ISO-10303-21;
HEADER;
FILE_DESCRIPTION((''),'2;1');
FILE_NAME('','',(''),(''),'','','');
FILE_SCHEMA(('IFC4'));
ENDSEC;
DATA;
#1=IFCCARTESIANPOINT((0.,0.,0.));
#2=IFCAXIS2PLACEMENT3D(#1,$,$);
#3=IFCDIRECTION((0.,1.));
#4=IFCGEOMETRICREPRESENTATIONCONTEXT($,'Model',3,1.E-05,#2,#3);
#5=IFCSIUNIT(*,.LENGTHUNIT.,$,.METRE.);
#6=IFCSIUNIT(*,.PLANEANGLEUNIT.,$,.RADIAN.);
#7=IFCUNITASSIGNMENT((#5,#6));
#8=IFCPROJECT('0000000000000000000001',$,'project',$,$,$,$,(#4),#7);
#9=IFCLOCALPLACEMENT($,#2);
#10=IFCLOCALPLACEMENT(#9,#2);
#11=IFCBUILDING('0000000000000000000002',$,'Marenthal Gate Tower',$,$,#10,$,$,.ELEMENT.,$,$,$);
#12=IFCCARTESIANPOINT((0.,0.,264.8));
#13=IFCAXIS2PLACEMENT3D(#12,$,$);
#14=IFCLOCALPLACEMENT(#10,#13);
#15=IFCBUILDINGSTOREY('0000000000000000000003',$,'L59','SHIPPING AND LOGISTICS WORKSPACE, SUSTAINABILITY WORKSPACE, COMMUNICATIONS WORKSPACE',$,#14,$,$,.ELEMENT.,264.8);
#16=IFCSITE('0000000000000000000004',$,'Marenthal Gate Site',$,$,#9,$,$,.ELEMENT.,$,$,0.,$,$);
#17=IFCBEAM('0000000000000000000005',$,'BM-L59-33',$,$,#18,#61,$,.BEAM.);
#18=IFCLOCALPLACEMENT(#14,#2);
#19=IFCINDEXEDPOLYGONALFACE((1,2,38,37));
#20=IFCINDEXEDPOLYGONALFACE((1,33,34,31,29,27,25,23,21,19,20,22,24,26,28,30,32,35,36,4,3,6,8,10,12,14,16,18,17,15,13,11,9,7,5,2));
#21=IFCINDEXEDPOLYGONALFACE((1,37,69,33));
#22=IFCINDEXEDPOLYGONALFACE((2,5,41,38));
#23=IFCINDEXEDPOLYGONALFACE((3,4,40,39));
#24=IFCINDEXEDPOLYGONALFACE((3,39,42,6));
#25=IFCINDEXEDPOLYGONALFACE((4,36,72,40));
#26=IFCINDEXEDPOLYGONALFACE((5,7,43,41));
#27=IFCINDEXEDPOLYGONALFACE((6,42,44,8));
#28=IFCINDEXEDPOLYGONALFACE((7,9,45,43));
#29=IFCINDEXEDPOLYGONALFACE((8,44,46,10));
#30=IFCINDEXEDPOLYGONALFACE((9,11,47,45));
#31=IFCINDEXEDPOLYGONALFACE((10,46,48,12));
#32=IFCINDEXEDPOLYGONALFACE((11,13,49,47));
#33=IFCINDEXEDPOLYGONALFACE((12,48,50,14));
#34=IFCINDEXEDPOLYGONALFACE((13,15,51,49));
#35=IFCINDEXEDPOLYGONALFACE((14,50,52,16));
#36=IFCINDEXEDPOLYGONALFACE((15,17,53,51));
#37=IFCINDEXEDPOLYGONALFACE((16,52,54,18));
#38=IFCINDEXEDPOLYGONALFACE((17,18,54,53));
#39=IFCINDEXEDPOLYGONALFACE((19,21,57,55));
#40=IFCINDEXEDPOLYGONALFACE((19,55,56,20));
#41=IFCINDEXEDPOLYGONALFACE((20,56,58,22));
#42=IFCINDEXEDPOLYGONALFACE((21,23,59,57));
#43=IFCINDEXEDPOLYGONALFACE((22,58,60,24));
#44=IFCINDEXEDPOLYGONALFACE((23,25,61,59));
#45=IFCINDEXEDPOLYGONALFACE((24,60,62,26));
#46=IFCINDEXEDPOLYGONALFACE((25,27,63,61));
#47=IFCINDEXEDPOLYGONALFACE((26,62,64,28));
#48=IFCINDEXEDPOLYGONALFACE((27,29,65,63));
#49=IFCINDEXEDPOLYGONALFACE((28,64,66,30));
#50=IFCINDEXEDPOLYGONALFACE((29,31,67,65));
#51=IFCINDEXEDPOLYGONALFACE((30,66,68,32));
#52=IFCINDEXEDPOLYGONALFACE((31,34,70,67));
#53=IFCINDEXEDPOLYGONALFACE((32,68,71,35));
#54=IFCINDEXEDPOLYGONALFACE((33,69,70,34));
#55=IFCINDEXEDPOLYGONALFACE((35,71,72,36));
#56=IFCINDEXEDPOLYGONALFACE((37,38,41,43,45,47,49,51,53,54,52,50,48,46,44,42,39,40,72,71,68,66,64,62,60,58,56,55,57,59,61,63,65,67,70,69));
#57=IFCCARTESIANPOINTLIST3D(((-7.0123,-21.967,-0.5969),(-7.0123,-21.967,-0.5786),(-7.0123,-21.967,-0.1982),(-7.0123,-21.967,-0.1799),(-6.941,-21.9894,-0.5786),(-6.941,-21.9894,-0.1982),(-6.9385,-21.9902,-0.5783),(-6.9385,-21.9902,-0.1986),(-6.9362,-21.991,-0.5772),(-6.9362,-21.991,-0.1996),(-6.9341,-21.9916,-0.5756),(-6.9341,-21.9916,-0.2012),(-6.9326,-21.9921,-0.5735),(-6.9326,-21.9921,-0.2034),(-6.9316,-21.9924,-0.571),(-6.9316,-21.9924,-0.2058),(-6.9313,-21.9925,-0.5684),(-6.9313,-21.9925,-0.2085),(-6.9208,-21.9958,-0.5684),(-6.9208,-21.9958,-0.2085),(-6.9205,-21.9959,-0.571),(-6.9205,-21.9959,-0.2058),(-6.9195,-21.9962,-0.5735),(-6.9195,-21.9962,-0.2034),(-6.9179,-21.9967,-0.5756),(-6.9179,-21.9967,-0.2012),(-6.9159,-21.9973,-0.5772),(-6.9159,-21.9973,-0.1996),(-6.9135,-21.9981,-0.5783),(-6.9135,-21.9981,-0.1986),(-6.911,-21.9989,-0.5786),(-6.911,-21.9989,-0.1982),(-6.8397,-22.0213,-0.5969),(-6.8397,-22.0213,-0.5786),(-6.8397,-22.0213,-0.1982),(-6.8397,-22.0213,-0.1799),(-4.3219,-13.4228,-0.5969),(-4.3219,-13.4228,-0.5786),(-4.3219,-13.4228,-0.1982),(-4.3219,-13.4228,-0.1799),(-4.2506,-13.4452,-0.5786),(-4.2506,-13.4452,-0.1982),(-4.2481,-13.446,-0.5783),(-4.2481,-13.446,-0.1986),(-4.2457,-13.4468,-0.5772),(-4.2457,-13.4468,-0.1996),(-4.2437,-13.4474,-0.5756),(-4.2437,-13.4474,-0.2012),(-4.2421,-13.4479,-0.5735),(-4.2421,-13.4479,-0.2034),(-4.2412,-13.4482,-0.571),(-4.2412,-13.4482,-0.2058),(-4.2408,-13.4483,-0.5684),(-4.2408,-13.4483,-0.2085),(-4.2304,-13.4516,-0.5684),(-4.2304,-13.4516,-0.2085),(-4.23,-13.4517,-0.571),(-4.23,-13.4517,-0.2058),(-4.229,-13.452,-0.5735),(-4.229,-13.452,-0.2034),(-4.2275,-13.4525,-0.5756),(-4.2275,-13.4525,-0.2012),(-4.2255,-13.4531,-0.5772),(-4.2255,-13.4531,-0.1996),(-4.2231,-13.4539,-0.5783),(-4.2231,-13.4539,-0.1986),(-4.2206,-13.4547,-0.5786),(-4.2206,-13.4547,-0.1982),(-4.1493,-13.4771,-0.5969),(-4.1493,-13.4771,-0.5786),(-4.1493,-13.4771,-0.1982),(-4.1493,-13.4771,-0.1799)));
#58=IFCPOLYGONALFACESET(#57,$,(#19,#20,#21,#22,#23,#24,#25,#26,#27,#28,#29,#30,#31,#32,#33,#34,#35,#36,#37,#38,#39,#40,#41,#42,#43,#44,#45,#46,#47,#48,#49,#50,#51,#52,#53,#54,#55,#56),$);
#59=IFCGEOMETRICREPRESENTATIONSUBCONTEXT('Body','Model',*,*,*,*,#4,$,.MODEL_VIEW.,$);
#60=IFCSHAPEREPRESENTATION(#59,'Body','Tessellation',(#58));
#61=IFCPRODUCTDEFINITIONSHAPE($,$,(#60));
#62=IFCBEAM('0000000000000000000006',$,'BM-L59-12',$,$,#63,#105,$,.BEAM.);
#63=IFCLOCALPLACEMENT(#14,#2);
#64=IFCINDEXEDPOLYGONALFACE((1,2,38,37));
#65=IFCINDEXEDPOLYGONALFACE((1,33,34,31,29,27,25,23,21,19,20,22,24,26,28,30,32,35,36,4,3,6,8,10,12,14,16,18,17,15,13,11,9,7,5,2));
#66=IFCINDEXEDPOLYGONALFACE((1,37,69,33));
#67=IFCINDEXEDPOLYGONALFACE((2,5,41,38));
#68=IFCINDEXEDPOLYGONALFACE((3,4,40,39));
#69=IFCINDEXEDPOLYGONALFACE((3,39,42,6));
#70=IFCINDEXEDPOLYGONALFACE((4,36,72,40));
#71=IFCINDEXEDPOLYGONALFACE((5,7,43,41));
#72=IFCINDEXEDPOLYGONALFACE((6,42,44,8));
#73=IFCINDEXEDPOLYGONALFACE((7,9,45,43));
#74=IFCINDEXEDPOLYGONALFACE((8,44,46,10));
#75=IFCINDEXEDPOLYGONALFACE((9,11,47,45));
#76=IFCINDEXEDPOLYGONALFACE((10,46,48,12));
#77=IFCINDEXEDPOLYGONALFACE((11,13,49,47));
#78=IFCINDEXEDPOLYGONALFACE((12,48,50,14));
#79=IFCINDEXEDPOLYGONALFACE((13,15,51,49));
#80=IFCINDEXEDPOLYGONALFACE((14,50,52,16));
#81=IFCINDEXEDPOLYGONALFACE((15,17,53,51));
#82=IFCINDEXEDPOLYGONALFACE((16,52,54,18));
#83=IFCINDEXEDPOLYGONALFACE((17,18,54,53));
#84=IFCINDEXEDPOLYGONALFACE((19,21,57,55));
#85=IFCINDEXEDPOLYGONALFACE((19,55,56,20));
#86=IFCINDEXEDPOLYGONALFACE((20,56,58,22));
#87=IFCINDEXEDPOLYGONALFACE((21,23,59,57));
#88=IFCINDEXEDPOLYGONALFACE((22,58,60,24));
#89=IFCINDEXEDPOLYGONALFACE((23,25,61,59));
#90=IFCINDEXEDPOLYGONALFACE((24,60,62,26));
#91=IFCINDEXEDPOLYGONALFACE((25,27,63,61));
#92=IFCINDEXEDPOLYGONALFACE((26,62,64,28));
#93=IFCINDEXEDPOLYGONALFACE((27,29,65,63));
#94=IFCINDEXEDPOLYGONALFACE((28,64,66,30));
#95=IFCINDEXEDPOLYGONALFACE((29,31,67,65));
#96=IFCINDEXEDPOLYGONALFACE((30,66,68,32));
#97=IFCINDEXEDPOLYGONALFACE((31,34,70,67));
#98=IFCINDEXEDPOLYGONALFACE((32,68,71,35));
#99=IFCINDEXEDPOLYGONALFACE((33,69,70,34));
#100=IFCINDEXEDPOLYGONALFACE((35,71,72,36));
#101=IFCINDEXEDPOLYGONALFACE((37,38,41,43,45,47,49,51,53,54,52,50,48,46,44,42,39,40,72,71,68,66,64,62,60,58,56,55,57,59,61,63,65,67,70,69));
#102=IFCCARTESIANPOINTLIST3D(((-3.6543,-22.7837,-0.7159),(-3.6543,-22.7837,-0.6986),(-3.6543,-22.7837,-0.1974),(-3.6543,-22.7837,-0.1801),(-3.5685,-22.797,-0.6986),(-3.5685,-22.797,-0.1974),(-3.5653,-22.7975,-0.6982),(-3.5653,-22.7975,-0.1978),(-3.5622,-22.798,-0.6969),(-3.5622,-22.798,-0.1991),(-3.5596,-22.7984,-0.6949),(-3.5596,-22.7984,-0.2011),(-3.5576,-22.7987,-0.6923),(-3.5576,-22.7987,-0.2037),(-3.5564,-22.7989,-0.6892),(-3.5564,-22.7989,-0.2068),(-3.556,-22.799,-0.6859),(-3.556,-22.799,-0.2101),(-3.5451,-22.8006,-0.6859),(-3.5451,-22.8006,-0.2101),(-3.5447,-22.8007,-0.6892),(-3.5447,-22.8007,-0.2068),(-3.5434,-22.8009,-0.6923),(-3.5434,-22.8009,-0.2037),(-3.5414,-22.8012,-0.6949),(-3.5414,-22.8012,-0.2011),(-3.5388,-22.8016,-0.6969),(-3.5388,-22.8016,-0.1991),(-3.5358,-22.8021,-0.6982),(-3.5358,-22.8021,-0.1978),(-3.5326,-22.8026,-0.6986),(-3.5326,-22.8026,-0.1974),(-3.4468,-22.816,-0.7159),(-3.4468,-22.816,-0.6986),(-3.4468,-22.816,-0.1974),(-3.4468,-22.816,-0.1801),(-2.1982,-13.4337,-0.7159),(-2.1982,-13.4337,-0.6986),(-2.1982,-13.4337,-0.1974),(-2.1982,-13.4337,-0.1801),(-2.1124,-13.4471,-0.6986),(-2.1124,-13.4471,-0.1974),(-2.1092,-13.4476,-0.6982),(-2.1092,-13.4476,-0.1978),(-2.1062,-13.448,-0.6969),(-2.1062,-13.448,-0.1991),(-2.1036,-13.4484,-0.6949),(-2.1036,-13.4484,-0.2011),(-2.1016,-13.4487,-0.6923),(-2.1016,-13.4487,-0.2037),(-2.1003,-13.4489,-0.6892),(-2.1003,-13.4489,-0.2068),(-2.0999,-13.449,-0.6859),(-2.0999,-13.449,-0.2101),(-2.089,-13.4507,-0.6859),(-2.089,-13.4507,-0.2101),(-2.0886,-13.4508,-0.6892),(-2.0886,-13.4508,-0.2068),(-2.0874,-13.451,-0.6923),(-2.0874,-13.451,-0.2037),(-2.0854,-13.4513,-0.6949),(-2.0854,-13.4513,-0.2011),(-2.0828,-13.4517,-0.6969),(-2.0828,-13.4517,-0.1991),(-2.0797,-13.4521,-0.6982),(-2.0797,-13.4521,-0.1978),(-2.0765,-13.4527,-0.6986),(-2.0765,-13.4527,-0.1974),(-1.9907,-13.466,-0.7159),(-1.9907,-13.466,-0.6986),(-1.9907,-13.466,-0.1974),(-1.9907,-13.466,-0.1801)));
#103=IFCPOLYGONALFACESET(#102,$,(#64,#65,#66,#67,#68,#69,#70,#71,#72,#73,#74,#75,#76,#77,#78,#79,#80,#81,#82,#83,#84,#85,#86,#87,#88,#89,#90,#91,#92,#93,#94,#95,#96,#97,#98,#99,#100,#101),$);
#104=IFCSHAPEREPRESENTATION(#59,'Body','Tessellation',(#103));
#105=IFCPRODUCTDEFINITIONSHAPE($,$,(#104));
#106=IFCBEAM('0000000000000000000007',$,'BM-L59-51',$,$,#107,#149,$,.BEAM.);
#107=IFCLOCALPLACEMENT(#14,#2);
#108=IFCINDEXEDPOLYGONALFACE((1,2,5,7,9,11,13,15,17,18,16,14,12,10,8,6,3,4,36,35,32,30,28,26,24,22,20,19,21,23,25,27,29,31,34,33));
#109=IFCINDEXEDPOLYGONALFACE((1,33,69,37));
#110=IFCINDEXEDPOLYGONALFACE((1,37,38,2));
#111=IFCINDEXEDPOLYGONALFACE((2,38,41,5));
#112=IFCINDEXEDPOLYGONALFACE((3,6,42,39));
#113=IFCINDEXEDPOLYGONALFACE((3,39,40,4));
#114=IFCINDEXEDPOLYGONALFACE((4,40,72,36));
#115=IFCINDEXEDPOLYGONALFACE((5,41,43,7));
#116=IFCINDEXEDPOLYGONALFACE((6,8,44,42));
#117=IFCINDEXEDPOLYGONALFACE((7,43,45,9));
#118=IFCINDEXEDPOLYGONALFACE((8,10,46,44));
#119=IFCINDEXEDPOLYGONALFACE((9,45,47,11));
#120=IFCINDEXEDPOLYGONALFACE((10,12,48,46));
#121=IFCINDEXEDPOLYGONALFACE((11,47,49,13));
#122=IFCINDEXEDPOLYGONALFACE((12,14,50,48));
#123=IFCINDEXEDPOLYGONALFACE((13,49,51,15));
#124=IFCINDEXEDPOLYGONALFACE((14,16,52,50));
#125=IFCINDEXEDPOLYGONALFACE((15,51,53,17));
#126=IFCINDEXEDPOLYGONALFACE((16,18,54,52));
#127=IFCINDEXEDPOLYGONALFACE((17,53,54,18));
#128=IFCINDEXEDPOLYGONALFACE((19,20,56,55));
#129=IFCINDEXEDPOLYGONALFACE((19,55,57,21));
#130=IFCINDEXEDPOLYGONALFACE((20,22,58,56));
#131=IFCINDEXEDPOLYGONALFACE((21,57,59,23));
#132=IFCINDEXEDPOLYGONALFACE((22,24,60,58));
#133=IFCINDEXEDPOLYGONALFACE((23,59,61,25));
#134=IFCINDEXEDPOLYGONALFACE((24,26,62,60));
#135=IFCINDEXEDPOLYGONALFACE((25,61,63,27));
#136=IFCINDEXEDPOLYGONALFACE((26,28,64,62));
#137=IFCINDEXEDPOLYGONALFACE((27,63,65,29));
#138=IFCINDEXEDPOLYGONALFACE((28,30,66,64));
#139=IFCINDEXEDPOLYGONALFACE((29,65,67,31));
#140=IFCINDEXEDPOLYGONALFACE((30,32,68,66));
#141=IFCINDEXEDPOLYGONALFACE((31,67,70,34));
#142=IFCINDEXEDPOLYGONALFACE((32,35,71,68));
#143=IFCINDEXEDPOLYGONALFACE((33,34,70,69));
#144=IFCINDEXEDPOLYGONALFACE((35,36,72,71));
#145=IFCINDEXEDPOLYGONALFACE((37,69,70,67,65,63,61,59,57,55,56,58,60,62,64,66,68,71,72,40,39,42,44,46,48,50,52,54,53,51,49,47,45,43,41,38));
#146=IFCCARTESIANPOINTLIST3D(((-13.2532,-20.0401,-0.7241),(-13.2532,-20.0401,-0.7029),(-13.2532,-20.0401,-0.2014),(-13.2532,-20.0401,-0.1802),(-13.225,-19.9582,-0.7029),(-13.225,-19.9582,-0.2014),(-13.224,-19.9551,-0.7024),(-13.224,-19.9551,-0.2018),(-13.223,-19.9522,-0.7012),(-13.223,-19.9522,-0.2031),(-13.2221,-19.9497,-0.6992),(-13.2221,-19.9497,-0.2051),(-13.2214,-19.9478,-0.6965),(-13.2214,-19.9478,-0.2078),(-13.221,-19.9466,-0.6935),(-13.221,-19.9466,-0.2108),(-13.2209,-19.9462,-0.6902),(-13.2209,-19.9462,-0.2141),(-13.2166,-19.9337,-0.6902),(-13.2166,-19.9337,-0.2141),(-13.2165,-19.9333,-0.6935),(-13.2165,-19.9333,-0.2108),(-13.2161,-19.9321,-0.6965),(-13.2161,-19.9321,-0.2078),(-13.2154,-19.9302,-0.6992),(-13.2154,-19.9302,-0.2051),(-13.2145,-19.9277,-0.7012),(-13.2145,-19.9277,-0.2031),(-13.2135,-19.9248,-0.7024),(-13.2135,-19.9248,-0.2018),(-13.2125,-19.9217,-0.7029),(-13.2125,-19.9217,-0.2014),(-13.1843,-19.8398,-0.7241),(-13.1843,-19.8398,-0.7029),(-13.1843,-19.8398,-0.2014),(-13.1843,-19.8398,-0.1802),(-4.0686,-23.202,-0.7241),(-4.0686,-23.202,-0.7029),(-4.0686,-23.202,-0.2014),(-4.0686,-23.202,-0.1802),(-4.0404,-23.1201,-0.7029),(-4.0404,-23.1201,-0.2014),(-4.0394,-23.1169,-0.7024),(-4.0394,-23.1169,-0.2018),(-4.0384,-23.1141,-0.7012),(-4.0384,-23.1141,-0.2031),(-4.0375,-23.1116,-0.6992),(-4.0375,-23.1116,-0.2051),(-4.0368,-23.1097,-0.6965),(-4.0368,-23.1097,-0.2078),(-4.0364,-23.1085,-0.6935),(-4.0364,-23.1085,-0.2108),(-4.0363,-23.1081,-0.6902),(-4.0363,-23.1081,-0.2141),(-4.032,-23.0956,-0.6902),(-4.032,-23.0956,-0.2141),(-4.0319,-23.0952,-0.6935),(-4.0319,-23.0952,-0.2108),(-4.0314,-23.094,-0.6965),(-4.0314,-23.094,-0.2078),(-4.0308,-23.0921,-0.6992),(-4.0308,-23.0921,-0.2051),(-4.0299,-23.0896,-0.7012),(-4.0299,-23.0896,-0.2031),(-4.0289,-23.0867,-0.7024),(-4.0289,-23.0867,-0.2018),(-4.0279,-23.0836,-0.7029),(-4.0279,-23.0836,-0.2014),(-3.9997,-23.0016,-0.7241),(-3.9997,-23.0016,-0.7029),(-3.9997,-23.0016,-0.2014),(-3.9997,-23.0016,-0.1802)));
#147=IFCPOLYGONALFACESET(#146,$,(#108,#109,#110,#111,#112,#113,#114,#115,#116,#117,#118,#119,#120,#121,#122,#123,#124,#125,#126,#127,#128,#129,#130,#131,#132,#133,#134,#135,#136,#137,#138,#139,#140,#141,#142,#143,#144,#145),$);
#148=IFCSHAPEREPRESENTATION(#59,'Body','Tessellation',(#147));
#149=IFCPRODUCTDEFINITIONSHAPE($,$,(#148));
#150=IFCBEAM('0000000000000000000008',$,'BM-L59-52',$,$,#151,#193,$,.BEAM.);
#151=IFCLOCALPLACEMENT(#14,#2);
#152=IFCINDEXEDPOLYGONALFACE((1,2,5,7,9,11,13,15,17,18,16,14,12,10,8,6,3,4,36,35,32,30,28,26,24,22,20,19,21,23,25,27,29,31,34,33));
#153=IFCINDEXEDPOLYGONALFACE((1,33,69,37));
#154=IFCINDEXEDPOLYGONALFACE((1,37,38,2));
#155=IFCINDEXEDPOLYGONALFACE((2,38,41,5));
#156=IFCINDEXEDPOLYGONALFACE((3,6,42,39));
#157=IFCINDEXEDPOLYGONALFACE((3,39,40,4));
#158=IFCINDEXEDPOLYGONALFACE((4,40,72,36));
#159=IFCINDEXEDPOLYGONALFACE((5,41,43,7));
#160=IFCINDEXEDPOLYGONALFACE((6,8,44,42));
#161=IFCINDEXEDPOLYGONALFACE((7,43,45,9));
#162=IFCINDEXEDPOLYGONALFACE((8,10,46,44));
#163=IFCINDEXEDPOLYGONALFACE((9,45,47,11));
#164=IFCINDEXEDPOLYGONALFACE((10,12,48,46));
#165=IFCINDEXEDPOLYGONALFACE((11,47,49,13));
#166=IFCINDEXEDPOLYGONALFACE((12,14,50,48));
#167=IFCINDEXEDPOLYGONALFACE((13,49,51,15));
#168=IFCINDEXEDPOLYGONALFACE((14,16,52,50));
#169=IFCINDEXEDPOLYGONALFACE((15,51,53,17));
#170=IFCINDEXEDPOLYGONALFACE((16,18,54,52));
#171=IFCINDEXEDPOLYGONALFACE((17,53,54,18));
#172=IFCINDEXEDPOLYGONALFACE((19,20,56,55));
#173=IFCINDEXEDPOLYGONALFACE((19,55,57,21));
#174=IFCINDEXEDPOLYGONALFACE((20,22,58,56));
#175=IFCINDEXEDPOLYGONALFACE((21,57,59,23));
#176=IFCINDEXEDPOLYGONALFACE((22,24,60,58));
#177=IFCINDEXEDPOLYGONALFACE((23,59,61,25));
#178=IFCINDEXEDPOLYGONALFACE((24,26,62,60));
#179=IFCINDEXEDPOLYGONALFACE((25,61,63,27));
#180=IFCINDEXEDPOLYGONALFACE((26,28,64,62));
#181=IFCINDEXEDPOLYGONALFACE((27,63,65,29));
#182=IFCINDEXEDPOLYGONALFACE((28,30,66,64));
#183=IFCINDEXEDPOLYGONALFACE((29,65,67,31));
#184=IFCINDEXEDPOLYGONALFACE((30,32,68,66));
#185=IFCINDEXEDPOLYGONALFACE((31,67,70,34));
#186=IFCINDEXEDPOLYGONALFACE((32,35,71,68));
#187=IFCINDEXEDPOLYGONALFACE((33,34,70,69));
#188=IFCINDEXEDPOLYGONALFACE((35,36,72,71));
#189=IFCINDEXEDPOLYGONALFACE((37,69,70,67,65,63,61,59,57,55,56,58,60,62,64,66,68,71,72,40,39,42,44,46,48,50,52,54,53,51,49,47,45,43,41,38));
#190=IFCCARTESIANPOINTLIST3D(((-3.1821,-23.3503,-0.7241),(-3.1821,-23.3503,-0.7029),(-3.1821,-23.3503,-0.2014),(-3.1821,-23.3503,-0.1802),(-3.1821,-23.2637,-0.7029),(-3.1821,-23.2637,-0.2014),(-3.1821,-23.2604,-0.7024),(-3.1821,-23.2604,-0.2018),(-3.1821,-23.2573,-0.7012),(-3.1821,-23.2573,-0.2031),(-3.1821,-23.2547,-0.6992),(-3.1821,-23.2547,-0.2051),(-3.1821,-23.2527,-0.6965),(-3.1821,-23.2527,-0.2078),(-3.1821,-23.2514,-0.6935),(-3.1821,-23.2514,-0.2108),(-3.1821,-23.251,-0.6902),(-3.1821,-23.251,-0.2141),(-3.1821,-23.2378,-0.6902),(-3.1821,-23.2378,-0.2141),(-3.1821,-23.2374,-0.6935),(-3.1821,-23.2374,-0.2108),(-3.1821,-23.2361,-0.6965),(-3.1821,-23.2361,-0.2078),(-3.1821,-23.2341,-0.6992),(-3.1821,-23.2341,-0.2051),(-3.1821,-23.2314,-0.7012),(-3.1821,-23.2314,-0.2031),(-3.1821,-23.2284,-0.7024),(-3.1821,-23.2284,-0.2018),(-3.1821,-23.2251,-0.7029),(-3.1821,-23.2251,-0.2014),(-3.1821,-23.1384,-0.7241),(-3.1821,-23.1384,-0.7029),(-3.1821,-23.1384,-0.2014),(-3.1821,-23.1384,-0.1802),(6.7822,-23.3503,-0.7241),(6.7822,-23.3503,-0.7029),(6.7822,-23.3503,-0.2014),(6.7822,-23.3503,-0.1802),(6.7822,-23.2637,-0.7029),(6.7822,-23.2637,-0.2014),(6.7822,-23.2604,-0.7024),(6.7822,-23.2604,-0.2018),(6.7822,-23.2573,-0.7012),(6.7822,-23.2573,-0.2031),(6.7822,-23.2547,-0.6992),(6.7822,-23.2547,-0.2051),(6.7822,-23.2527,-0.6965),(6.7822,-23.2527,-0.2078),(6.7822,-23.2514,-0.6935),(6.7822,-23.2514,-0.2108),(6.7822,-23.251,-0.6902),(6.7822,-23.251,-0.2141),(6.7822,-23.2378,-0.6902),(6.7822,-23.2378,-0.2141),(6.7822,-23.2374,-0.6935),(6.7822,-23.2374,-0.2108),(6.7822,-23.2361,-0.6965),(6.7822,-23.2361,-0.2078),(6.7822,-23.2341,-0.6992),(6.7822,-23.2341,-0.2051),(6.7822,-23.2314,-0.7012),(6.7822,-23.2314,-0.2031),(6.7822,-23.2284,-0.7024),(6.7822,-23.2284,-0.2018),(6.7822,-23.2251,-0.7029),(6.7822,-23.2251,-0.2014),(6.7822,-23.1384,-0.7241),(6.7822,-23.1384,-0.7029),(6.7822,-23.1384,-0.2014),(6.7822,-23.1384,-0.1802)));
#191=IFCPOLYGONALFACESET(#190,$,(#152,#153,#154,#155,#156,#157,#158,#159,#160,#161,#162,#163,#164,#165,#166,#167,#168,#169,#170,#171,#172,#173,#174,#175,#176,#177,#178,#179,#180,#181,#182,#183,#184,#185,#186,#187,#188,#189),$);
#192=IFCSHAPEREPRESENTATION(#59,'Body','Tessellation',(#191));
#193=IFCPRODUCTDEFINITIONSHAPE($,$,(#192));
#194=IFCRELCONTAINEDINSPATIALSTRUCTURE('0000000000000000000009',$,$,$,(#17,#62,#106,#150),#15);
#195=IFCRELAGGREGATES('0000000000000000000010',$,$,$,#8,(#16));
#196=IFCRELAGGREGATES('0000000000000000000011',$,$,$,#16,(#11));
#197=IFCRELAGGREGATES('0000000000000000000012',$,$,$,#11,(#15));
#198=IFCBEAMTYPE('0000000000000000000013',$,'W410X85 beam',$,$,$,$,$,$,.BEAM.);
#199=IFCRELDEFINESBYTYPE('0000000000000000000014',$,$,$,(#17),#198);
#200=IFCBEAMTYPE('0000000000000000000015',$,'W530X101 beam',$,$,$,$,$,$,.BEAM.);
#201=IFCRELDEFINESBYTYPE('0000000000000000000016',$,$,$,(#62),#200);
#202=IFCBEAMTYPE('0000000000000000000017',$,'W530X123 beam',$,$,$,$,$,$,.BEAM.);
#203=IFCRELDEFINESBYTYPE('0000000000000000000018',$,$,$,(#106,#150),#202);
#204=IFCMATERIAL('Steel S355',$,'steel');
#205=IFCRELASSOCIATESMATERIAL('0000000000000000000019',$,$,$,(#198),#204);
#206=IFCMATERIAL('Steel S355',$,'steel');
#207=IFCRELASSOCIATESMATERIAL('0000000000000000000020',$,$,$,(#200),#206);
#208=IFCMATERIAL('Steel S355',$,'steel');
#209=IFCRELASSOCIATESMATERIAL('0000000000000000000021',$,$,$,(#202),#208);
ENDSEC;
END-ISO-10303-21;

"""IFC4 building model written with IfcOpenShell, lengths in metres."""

from ifc_helpers import new_model, si_unit, direction, frame, origin, origin_2d, place, context, subcontext, project, spatial, i_section, extrude, material, material_profile, profile_set, type_object, element, save


model = new_model("IFC4")

# Units and contexts
model_context = context("Model", 3, precision=1e-05, world=origin(), true_north=direction((0.0, 1.0)))
body_context = subcontext(model_context, "Body", "Model", "MODEL_VIEW")
ifc_project = project(units=[si_unit("LENGTHUNIT", "METRE"), si_unit("PLANEANGLEUNIT", "RADIAN")], contexts=[model_context])

# Site, building, storey
site_placement = place(None, origin())
site = spatial("IfcSite", under=ifc_project, at=site_placement, Name="Marenthal Gate Site", CompositionType="ELEMENT", RefElevation=0.0)
building_placement = place(site_placement, origin())
building = spatial("IfcBuilding", under=site, at=building_placement, Name="Marenthal Gate Tower", CompositionType="ELEMENT")
storey_placement = place(building_placement, frame((0.0, 0.0, 264.8)))
storey = spatial("IfcBuildingStorey", under=building, at=storey_placement, Name="L59", Description="SHIPPING AND LOGISTICS WORKSPACE, SUSTAINABILITY WORKSPACE, COMMUNICATIONS WORKSPACE", CompositionType="ELEMENT", Elevation=264.8)

# Beams
ifc_material_1 = material(Name="Steel S355", Category="steel")
ifc_material_profile_1 = material_profile(ifc_material_1, i_section(OverallWidth=0.1809, OverallDepth=0.417, WebThickness=0.011, FlangeThickness=0.0183, FilletRadius=0.0103, at=origin_2d()), Name="W410X85")
ifc_profile_set_1 = profile_set([ifc_material_profile_1], Name="Steel S355")
beam_type_1 = type_object("IfcBeamType", Name="W410X85 beam", PredefinedType="BEAM", material=ifc_profile_set_1)
beam_1_placement = place(storey_placement, frame((-6.926, -21.9941, -0.3884), z_axis=(0.300346, 0.95383, 0.0), x_axis=(-0.95383, 0.300346, 0.0)))
element("IfcBeam", 1, at=beam_1_placement, inside=storey, type_object=beam_type_1, Name="BM-L59-33", PredefinedType="BEAM", context=body_context, shape_type="SweptSolid", body=[
    extrude(i_section(OverallWidth=0.1809, OverallDepth=0.417, WebThickness=0.011, FlangeThickness=0.0183, FilletRadius=0.0103, at=origin_2d()), origin(), (0.0, 0.0, 1.0), 8.9578),
])
ifc_material_2 = material(Name="Steel S355", Category="steel")
ifc_material_profile_2 = material_profile(ifc_material_2, i_section(OverallWidth=0.21, OverallDepth=0.5359, WebThickness=0.011, FlangeThickness=0.0173, FilletRadius=0.0127, at=origin_2d()), Name="W530X101")
ifc_profile_set_2 = profile_set([ifc_material_profile_2], Name="Steel S355")
beam_type_2 = type_object("IfcBeamType", Name="W530X101 beam", PredefinedType="BEAM", material=ifc_profile_set_2)
beam_2_placement = place(storey_placement, frame((-3.5505, -22.7998, -0.448), z_axis=(0.153876, 0.98809, 0.0), x_axis=(-0.98809, 0.153876, 0.0)))
element("IfcBeam", 2, at=beam_2_placement, inside=storey, type_object=beam_type_2, Name="BM-L59-12", PredefinedType="BEAM", context=body_context, shape_type="SweptSolid", body=[
    extrude(i_section(OverallWidth=0.21, OverallDepth=0.5359, WebThickness=0.011, FlangeThickness=0.0173, FilletRadius=0.0127, at=origin_2d()), origin(), (0.0, 0.0, 1.0), 9.4626),
])
ifc_material_3 = material(Name="Steel S355", Category="steel")
ifc_material_profile_3 = material_profile(ifc_material_3, i_section(OverallWidth=0.2119, OverallDepth=0.5439, WebThickness=0.0132, FlangeThickness=0.0212, FilletRadius=0.0127, at=origin_2d()), Name="W530X123")
ifc_profile_set_3 = profile_set([ifc_material_profile_3], Name="Steel S355")
beam_type_3 = type_object("IfcBeamType", Name="W530X123 beam", PredefinedType="BEAM", material=ifc_profile_set_3)
beam_3_placement = place(storey_placement, frame((-13.2188, -19.9399, -0.4521), z_axis=(0.945539, -0.32551, 0.0), x_axis=(0.32551, 0.945539, 0.0)))
element("IfcBeam", 3, at=beam_3_placement, inside=storey, type_object=beam_type_3, Name="BM-L59-51", PredefinedType="BEAM", context=body_context, shape_type="SweptSolid", body=[
    extrude(i_section(OverallWidth=0.2119, OverallDepth=0.5439, WebThickness=0.0132, FlangeThickness=0.0212, FilletRadius=0.0127, at=origin_2d()), origin(), (0.0, 0.0, 1.0), 9.7136),
])
beam_4_placement = place(storey_placement, frame((-3.1821, -23.2444, -0.4521), z_axis=(1.0, 0.0, 0.0), x_axis=(0.0, 1.0, 0.0)))
element("IfcBeam", 4, at=beam_4_placement, inside=storey, type_object=beam_type_3, Name="BM-L59-52", PredefinedType="BEAM", context=body_context, shape_type="SweptSolid", body=[
    extrude(i_section(OverallWidth=0.2119, OverallDepth=0.5439, WebThickness=0.0132, FlangeThickness=0.0212, FilletRadius=0.0127, at=origin_2d()), origin(), (0.0, 0.0, 1.0), 9.9644),
])

save(model, "model.ifc")
